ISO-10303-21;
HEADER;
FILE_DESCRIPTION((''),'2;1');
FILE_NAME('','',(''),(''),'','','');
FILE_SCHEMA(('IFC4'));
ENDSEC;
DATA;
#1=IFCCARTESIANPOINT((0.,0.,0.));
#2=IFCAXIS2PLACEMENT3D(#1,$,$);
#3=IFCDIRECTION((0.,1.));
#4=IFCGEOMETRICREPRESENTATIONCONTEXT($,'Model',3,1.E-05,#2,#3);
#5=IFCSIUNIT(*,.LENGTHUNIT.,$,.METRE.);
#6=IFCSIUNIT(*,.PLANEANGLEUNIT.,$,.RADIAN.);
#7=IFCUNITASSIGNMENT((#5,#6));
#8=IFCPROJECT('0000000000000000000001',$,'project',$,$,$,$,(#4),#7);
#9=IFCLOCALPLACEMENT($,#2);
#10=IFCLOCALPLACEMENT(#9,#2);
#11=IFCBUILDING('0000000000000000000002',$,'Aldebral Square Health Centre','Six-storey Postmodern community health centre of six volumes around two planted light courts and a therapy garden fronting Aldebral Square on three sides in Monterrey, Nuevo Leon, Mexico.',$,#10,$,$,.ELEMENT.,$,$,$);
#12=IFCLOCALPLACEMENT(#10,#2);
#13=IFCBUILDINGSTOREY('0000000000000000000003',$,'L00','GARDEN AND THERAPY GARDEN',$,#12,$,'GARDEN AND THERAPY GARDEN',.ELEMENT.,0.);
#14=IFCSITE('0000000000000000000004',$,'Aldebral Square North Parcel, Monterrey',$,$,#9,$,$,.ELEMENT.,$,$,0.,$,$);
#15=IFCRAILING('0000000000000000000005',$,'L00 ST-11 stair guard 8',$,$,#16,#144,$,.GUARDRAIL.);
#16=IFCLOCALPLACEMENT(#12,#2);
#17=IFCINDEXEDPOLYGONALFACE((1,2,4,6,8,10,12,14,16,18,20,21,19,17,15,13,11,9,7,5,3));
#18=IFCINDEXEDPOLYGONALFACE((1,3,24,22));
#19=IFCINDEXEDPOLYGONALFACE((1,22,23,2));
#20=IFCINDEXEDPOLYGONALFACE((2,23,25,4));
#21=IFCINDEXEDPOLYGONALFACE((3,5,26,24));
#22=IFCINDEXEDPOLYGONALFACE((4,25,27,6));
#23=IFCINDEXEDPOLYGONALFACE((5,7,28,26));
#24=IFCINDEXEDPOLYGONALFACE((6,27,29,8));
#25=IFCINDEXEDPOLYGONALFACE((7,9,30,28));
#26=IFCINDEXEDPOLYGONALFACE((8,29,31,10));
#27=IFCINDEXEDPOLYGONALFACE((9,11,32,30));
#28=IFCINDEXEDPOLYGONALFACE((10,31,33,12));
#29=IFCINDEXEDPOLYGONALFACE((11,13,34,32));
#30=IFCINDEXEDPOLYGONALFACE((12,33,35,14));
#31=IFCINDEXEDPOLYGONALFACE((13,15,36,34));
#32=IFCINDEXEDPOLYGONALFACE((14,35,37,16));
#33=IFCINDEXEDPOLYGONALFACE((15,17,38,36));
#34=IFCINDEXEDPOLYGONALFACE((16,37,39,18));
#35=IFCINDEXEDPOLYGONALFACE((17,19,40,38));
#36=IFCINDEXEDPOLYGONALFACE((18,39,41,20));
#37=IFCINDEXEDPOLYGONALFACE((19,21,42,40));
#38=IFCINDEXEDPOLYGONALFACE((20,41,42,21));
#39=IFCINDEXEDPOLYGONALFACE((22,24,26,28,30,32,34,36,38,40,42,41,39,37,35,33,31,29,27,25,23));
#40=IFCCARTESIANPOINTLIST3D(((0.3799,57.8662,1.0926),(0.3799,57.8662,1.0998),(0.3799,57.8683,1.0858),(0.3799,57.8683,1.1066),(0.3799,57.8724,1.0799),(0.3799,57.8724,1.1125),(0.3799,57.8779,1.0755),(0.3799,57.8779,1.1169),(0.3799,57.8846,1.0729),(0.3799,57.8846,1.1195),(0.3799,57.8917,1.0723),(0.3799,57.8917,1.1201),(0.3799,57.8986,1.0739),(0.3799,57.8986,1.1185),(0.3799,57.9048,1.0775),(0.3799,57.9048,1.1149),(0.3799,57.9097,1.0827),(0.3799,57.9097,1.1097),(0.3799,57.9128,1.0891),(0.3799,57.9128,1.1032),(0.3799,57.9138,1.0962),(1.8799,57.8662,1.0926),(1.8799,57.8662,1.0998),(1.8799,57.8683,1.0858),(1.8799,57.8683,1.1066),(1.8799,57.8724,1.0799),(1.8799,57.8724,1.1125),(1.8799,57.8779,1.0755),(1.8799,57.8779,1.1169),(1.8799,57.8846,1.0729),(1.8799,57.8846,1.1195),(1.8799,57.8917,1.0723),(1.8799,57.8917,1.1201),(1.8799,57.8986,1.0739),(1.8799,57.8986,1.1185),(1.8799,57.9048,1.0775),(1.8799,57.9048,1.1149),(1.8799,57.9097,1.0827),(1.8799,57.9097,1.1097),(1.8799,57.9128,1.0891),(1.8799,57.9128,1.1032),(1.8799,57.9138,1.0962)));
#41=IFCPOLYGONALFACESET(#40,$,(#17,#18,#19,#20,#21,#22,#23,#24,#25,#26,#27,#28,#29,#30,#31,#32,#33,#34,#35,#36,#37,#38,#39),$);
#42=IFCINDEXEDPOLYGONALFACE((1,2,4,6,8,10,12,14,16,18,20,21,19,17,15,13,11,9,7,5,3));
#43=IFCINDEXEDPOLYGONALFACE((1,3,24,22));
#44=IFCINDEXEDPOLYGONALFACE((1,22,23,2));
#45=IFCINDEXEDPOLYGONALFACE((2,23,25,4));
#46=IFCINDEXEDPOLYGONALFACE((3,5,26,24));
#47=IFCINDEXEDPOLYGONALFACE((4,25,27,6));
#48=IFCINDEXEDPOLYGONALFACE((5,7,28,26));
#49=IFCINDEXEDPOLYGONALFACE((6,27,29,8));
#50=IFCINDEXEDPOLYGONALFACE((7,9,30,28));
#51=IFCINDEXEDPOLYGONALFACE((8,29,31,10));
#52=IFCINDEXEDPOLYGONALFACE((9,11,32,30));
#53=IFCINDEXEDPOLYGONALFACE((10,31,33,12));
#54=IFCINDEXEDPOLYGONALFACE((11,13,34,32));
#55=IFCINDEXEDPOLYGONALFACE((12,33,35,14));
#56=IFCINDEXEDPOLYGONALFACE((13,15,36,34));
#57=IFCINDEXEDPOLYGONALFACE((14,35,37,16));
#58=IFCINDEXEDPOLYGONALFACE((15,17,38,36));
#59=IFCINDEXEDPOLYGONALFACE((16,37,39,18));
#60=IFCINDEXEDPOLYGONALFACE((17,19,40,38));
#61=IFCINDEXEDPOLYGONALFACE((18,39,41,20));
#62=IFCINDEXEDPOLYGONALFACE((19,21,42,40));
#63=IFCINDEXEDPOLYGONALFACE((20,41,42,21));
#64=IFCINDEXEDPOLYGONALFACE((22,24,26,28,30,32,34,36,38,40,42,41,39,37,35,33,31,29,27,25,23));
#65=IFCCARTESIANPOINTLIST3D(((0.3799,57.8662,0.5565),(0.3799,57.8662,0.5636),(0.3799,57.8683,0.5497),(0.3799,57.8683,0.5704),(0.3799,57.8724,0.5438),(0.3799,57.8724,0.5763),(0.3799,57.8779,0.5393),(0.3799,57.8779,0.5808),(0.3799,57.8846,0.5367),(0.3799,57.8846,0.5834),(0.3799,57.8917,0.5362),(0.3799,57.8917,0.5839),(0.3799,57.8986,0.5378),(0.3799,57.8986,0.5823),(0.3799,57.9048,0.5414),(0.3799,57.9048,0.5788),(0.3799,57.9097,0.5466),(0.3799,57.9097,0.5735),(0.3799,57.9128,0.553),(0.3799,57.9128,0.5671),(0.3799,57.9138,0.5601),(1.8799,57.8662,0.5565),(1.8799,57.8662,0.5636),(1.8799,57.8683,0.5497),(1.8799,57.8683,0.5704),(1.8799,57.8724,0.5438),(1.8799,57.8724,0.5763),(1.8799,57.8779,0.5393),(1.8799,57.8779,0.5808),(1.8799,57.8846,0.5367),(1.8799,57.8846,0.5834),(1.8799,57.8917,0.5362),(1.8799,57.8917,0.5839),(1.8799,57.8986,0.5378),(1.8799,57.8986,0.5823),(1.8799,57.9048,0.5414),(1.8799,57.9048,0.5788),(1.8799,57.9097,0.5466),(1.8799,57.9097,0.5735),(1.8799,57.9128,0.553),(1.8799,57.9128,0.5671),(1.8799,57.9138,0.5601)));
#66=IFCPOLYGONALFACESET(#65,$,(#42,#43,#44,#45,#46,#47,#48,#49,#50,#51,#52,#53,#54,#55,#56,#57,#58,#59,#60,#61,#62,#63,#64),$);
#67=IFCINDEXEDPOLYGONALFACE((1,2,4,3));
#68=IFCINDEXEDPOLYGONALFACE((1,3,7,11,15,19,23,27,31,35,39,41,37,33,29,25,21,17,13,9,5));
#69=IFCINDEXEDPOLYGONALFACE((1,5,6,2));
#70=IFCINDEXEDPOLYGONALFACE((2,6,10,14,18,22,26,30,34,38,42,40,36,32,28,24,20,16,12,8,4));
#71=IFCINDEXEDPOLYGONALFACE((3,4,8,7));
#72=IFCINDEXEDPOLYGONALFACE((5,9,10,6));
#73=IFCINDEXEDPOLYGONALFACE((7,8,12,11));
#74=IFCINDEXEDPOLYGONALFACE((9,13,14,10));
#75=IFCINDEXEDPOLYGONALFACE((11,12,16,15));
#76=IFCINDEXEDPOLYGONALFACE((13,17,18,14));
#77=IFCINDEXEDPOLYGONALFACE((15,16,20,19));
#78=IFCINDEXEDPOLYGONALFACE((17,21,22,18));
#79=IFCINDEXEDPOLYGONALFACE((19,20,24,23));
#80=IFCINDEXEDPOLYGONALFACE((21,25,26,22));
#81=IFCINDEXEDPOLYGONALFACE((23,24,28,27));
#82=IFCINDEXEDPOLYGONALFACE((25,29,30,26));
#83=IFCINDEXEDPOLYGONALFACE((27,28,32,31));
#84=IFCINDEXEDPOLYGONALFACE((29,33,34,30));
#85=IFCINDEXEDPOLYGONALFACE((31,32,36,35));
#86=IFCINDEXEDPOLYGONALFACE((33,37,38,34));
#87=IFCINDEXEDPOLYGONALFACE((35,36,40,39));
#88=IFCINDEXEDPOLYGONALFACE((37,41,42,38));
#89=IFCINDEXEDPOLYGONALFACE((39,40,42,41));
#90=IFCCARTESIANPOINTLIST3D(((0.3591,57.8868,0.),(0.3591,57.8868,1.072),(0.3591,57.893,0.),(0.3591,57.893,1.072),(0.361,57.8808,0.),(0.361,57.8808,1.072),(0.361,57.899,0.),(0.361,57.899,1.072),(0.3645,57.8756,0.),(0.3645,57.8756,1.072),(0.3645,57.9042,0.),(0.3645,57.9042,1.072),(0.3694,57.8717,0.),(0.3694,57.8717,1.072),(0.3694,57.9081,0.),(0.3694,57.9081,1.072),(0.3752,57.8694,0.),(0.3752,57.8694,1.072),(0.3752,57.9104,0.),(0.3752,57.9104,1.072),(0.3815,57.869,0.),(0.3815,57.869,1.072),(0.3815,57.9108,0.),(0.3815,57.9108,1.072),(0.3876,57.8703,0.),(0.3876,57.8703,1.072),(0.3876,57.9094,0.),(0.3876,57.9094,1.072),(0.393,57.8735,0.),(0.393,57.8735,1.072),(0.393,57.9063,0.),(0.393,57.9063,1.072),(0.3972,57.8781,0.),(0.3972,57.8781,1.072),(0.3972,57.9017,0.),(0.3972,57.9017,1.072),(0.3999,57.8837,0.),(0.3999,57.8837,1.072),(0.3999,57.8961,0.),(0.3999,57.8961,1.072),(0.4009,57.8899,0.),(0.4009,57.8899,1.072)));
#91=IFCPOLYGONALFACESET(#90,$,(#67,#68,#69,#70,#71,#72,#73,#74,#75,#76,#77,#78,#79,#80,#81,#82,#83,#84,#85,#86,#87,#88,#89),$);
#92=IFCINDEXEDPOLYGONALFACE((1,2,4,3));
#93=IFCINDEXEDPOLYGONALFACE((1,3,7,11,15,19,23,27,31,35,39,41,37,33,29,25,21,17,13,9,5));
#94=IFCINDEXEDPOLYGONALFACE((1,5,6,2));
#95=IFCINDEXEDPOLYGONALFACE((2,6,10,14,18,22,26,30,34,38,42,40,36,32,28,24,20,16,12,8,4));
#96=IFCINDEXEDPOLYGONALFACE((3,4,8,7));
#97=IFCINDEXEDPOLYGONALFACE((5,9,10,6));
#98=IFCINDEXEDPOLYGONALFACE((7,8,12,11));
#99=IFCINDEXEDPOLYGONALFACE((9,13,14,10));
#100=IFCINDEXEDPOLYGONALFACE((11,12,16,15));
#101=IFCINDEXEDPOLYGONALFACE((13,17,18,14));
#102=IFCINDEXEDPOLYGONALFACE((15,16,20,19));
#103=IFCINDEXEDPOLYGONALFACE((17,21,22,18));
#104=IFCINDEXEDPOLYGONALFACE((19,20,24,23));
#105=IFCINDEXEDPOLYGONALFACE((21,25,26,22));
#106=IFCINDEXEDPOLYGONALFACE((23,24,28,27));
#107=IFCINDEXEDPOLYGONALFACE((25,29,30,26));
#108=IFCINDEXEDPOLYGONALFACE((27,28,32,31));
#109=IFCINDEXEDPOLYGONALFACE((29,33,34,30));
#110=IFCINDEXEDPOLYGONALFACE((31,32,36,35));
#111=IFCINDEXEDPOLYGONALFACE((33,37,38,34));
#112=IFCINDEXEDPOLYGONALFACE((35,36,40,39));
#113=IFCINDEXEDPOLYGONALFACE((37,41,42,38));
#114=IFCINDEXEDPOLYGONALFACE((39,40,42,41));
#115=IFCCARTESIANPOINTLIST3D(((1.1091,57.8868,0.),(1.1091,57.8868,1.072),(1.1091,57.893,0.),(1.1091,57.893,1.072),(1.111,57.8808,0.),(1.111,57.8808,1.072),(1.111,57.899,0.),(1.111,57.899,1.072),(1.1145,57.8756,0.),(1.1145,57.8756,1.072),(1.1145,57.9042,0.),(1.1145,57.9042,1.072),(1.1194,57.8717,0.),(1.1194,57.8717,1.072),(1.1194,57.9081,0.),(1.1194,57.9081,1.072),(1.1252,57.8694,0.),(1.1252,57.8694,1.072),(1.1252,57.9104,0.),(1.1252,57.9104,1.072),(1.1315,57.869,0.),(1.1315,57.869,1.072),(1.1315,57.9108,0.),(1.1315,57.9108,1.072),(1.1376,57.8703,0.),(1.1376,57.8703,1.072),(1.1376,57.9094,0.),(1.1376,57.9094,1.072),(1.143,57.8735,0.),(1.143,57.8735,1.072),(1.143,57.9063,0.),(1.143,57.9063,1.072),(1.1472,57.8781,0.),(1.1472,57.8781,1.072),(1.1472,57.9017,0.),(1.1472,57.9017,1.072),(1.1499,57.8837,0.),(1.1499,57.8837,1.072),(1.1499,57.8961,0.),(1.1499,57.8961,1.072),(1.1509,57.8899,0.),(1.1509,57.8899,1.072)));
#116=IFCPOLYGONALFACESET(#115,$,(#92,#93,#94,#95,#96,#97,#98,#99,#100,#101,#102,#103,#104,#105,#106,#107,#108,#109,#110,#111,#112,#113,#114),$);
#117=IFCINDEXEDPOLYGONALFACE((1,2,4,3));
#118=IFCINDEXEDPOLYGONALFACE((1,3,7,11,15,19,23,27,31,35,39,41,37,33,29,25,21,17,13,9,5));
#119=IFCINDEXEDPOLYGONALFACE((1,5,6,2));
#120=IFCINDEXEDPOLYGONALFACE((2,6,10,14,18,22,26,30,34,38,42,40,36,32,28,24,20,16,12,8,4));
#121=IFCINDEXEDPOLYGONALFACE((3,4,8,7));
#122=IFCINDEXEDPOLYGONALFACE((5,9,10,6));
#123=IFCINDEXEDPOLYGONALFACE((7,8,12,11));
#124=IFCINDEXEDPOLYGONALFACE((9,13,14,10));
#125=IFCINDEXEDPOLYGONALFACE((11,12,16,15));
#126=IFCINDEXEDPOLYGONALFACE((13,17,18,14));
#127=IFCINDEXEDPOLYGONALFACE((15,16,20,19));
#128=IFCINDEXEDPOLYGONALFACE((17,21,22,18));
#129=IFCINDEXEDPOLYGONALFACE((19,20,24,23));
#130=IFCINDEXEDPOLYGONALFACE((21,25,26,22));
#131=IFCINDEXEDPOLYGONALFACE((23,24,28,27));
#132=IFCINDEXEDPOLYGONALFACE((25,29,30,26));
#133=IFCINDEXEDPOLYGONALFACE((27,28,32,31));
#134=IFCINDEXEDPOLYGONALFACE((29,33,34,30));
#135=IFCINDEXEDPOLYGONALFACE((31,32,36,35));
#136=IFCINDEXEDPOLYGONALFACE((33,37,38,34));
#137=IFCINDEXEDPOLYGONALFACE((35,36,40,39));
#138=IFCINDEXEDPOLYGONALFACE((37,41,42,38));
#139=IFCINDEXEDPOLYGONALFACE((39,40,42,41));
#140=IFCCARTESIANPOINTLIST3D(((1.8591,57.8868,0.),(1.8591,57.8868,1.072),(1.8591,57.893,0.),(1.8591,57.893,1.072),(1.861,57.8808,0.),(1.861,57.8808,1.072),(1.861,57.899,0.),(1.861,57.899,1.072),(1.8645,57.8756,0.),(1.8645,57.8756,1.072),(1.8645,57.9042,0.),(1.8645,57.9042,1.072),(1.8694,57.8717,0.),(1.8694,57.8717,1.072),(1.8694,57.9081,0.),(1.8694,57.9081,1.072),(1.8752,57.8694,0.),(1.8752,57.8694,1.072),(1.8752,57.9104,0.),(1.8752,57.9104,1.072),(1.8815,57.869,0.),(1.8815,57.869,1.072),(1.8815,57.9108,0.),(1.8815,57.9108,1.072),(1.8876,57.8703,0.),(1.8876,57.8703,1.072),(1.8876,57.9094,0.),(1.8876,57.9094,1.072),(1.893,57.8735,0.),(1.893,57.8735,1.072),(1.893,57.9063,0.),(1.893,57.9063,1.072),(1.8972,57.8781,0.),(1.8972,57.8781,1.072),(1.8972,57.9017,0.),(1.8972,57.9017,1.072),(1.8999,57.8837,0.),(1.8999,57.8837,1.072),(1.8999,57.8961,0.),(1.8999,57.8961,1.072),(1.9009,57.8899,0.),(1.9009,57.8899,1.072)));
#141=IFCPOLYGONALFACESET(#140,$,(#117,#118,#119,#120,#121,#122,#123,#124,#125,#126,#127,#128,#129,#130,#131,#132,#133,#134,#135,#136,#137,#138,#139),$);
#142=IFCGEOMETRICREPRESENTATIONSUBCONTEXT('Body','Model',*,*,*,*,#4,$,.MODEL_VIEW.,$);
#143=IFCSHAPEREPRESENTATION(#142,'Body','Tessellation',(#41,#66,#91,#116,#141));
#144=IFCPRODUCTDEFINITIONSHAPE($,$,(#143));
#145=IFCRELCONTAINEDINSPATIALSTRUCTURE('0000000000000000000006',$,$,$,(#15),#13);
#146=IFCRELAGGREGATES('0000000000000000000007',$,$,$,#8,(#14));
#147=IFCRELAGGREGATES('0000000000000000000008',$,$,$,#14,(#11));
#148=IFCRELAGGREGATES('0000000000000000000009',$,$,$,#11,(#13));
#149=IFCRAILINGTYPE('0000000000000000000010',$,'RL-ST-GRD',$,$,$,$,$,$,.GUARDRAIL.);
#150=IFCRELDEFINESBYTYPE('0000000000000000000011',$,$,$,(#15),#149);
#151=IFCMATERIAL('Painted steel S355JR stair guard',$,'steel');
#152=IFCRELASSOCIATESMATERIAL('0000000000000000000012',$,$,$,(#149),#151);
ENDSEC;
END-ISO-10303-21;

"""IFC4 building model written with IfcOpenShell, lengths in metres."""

from ifc_helpers import new_model, si_unit, direction, frame, origin, origin_2d, place, context, subcontext, project, spatial, circle, extrude, material, type_object, element, save


model = new_model("IFC4")

# Units and contexts
model_context = context("Model", 3, precision=1e-05, world=origin(), true_north=direction((0.0, 1.0)))
body_context = subcontext(model_context, "Body", "Model", "MODEL_VIEW")
ifc_project = project(units=[si_unit("LENGTHUNIT", "METRE"), si_unit("PLANEANGLEUNIT", "RADIAN")], contexts=[model_context])

# Site, building, storey
site_placement = place(None, origin())
site = spatial("IfcSite", under=ifc_project, at=site_placement, Name="Aldebral Square North Parcel, Monterrey", CompositionType="ELEMENT", RefElevation=0.0)
building_placement = place(site_placement, origin())
building = spatial("IfcBuilding", under=site, at=building_placement, Name="Aldebral Square Health Centre", Description="Six-storey Postmodern community health centre of six volumes around two planted light courts and a therapy garden fronting Aldebral Square on three sides in Monterrey, Nuevo Leon, Mexico.", CompositionType="ELEMENT")
storey_placement = place(building_placement, origin())
storey = spatial("IfcBuildingStorey", under=building, at=storey_placement, Name="L00", Description="GARDEN AND THERAPY GARDEN", LongName="GARDEN AND THERAPY GARDEN", CompositionType="ELEMENT", Elevation=0.0)

# Railing
ifc_material_1 = material(Name="Painted steel S355JR stair guard", Category="steel")
railing_type = type_object("IfcRailingType", Name="RL-ST-GRD", PredefinedType="GUARDRAIL", material=ifc_material_1)
railing_1_placement = place(storey_placement, frame((0.3799, 57.8899, 0.0)))
element("IfcRailing", 1, at=railing_1_placement, inside=storey, type_object=railing_type, Name="L00 ST-11 stair guard 8", PredefinedType="GUARDRAIL", context=body_context, shape_type="SweptSolid", body=[
    extrude(circle(Radius=0.0239, at=origin_2d()), frame((0.0, 0.0, 1.0962), z_axis=(1.0, 0.0, 0.0), x_axis=(0.0, 1.0, 0.0)), (0.0, 0.0, 1.0), 1.5),
    extrude(circle(Radius=0.0239, at=origin_2d()), frame((0.0, 0.0, 0.5601), z_axis=(1.0, 0.0, 0.0), x_axis=(0.0, 1.0, 0.0)), (0.0, 0.0, 1.0), 1.5),
    extrude(circle(Radius=0.021, at=origin_2d()), origin(), (0.0, 0.0, 1.0), 1.072),
    extrude(circle(Radius=0.021, at=origin_2d()), frame((0.75, 0.0, 0.0)), (0.0, 0.0, 1.0), 1.072),
    extrude(circle(Radius=0.021, at=origin_2d()), frame((1.5, 0.0, 0.0)), (0.0, 0.0, 1.0), 1.072),
])

save(model, "model.ifc")
